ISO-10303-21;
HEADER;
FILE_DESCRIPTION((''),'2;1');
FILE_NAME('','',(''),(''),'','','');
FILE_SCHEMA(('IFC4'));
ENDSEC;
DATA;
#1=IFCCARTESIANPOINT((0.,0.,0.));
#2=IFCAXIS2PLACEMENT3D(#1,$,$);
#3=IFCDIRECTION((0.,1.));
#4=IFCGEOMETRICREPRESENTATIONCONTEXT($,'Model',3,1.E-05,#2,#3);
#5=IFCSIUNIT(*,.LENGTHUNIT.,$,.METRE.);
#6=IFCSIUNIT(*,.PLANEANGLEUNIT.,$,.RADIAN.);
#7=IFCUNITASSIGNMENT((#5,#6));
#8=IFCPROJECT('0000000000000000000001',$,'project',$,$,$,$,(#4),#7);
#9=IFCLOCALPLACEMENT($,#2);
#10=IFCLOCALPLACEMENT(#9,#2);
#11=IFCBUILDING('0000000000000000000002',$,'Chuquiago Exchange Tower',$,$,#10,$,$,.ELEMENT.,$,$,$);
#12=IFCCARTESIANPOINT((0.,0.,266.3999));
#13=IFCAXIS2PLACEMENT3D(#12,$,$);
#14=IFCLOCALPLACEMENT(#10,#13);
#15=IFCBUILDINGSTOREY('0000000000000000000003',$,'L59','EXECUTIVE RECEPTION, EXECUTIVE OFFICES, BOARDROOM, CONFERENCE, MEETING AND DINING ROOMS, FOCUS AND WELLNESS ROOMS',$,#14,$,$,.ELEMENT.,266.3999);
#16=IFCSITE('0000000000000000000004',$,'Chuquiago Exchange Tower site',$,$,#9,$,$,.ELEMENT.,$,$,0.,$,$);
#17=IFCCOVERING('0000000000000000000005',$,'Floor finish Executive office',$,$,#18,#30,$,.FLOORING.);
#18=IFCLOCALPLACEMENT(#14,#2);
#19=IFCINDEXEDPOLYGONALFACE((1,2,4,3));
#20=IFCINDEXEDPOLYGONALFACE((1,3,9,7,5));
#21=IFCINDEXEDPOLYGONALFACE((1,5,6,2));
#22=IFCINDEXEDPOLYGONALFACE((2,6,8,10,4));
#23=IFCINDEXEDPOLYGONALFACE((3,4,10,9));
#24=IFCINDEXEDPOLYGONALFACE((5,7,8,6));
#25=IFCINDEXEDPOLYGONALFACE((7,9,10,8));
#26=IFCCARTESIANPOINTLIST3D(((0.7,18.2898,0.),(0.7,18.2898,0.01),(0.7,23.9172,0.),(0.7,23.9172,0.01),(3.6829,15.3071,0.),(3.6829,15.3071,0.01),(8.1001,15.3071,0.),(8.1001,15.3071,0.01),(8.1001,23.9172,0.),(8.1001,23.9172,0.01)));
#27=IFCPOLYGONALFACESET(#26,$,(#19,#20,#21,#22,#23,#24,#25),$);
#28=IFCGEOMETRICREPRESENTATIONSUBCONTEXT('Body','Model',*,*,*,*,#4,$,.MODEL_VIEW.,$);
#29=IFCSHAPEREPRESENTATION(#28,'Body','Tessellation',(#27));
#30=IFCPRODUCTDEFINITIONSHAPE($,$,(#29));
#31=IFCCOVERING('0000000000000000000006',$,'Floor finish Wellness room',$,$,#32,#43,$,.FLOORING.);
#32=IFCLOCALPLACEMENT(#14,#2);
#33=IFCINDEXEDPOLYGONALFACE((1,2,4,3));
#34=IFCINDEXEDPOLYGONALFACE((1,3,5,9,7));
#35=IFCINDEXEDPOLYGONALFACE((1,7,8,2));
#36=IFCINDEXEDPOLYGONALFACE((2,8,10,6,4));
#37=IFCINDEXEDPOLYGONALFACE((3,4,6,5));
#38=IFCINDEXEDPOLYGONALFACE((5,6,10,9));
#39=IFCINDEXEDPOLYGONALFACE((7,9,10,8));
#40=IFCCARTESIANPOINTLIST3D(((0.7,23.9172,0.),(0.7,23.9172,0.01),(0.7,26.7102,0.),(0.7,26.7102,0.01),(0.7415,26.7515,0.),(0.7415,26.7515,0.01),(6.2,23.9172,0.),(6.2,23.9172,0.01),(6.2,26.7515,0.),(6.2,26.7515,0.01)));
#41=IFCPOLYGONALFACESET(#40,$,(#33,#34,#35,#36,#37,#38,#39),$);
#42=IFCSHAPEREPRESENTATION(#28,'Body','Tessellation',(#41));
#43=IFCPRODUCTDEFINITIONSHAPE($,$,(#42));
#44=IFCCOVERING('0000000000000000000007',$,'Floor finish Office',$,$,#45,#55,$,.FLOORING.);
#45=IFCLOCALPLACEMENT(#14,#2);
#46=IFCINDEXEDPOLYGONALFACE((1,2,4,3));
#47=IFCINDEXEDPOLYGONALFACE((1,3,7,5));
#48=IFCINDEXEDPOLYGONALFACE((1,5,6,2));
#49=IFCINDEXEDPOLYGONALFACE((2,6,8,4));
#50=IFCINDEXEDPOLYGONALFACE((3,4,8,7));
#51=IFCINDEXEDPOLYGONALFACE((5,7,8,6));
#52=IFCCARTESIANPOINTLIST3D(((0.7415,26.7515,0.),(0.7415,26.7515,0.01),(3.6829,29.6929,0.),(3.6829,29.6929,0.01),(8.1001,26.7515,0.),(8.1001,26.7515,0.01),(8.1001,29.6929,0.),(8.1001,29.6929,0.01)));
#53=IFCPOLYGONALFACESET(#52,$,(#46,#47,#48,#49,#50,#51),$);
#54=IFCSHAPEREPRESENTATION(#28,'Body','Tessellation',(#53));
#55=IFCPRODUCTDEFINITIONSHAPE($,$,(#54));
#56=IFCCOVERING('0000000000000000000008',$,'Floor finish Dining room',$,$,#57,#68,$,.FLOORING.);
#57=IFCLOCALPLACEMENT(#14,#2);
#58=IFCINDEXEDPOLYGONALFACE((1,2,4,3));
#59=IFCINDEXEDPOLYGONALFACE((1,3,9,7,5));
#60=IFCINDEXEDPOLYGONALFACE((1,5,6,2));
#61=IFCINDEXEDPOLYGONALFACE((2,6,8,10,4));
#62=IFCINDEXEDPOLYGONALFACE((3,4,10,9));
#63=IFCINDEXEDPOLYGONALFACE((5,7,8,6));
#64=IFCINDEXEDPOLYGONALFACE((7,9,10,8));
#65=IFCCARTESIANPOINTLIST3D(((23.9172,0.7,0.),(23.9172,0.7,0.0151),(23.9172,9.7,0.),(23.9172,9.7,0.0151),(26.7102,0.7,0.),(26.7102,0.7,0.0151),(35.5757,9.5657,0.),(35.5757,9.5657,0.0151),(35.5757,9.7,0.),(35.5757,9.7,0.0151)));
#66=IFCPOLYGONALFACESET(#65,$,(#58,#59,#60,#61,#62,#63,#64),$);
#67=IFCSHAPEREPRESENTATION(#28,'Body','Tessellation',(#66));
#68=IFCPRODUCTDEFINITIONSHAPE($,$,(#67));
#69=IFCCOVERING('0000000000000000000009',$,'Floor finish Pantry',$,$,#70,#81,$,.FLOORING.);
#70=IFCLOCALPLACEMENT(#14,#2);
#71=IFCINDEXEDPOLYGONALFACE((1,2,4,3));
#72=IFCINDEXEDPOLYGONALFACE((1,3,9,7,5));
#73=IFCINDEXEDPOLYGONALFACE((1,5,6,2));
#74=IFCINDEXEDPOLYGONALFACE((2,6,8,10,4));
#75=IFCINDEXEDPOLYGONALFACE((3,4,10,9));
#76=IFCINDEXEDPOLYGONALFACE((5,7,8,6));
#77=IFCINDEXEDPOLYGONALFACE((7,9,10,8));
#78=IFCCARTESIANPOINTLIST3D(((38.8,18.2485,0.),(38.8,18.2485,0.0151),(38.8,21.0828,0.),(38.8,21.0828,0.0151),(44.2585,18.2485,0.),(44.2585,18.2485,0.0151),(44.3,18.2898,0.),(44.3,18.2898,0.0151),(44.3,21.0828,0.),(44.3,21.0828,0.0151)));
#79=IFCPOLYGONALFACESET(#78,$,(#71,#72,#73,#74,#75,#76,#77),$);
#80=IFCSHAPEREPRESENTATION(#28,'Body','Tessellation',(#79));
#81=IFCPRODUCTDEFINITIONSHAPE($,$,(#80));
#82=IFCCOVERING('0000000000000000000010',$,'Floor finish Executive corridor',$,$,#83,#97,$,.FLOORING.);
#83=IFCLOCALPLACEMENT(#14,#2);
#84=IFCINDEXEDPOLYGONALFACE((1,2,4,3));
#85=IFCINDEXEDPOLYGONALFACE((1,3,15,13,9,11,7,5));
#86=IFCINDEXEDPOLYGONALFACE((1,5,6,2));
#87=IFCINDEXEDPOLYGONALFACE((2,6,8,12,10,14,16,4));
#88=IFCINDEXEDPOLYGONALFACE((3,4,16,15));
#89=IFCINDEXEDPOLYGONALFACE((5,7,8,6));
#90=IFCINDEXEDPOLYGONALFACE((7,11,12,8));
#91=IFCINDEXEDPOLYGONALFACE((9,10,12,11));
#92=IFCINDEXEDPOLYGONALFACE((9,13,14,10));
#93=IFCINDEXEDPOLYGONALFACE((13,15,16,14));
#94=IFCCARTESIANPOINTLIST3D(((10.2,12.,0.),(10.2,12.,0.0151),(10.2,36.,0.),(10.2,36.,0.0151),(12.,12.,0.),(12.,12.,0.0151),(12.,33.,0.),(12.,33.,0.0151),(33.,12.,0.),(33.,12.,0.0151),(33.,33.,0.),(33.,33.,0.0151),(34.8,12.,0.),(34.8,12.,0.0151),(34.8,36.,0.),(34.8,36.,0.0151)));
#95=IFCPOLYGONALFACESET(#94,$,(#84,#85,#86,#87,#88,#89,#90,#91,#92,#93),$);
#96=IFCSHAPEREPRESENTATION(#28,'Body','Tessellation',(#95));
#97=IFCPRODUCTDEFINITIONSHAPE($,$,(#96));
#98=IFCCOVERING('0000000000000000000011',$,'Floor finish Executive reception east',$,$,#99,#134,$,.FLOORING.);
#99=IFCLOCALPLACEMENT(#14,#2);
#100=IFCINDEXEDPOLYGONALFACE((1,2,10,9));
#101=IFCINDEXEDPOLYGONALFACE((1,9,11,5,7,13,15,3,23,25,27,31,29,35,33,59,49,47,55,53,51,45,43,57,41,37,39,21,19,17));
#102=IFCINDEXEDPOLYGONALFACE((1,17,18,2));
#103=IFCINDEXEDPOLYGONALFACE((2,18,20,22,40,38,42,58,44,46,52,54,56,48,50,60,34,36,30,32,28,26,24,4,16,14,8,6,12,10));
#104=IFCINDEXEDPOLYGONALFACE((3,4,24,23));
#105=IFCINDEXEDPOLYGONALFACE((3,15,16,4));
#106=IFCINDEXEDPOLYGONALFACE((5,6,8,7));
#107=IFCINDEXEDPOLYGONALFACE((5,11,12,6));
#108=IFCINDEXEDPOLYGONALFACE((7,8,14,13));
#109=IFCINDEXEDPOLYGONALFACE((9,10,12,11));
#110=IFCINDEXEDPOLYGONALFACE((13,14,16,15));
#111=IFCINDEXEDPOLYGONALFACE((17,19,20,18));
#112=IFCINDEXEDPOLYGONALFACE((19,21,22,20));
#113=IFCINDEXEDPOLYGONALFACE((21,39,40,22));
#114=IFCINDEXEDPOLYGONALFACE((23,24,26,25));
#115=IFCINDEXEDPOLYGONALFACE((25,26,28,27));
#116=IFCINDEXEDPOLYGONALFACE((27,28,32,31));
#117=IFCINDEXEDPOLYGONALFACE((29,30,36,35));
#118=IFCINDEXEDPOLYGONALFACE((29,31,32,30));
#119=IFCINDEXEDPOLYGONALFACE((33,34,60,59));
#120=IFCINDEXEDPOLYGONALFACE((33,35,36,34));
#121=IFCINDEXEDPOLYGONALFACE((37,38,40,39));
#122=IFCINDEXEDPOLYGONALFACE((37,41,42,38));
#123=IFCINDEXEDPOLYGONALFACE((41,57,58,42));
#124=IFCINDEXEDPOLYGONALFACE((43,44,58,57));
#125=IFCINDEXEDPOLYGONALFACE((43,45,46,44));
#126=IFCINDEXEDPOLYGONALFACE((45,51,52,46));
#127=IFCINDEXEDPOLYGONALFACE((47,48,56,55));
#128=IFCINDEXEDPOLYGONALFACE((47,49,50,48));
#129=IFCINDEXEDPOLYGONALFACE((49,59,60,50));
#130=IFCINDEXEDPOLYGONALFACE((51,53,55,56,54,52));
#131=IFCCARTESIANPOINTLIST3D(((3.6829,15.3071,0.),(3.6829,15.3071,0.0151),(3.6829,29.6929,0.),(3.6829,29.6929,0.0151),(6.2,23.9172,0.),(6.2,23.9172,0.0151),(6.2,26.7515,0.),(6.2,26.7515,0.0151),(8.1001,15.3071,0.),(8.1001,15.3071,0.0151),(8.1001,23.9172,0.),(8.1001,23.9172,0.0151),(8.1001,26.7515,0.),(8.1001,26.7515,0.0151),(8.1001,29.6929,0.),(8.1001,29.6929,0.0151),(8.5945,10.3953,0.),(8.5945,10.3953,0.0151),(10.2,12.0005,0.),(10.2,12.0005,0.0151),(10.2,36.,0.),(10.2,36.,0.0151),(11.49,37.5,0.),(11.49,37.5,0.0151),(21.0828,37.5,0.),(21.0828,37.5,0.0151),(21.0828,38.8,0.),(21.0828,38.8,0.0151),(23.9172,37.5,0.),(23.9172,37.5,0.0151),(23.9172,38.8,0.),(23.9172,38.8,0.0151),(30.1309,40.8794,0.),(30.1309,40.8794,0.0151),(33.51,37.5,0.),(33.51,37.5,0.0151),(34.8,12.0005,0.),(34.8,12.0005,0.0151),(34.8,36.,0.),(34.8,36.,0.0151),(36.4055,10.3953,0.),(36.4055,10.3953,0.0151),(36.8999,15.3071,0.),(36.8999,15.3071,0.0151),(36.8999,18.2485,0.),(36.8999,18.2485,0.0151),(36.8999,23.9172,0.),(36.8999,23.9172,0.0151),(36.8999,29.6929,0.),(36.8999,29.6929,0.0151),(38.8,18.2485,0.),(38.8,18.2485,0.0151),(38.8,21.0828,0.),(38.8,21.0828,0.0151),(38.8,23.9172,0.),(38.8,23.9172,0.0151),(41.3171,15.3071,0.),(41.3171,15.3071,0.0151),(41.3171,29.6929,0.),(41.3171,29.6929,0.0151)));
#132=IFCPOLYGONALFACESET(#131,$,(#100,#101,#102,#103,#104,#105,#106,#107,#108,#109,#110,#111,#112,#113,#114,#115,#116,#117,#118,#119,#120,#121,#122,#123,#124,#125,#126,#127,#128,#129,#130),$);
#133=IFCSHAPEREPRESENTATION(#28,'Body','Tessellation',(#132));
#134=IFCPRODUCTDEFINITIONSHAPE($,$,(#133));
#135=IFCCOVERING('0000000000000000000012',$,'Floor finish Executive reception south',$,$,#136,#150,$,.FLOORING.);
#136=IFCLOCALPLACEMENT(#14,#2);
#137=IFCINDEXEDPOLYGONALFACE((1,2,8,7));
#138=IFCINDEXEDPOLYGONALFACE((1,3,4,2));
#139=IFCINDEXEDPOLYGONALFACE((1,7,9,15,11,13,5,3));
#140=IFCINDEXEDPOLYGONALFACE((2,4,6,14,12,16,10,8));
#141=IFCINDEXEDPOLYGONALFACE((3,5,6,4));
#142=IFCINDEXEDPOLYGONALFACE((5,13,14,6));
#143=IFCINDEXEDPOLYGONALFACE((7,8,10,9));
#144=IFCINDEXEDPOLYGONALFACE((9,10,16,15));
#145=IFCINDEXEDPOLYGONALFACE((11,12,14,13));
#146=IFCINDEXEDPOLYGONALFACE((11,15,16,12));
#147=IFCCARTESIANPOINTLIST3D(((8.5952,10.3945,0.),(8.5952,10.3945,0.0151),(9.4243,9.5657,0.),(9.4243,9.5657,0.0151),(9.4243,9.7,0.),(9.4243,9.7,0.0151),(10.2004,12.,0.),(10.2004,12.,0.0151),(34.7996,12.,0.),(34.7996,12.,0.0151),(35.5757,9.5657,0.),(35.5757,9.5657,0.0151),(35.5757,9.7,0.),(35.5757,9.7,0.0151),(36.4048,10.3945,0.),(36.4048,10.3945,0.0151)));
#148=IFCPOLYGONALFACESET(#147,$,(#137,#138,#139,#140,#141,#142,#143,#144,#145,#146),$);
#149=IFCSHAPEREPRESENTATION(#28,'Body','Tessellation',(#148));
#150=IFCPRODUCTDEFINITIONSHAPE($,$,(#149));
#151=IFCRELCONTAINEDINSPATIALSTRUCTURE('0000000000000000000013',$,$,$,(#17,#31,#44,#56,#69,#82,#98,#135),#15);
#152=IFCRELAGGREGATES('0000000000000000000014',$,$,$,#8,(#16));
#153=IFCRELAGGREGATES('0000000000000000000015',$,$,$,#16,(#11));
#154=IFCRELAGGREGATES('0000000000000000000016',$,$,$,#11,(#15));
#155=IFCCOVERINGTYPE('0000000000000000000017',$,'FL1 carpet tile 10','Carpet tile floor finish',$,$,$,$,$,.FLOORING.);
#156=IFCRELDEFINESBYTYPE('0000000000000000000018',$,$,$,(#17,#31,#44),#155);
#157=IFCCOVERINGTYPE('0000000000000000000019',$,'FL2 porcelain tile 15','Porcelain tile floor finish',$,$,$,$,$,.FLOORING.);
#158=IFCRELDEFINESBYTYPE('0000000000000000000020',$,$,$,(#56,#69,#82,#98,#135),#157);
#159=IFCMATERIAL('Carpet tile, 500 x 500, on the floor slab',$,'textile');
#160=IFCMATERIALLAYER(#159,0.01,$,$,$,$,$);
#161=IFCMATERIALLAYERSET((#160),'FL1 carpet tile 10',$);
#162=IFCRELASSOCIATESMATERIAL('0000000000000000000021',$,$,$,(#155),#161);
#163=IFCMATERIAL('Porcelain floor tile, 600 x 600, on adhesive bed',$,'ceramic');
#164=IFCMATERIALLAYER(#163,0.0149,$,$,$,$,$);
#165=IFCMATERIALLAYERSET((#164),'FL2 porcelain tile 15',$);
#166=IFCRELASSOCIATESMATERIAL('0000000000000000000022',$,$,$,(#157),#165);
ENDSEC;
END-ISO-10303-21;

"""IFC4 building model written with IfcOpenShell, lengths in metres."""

from ifc_helpers import new_model, si_unit, direction, frame, origin, place, context, subcontext, project, spatial, polyline, outline, extrude, material, layer, layer_set, type_object, element, save


model = new_model("IFC4")

# Units and contexts
model_context = context("Model", 3, precision=1e-05, world=origin(), true_north=direction((0.0, 1.0)))
body_context = subcontext(model_context, "Body", "Model", "MODEL_VIEW")
ifc_project = project(units=[si_unit("LENGTHUNIT", "METRE"), si_unit("PLANEANGLEUNIT", "RADIAN")], contexts=[model_context])

# Site, building, storey
site_placement = place(None, origin())
site = spatial("IfcSite", under=ifc_project, at=site_placement, Name="Chuquiago Exchange Tower site", CompositionType="ELEMENT", RefElevation=0.0)
building_placement = place(site_placement, origin())
building = spatial("IfcBuilding", under=site, at=building_placement, Name="Chuquiago Exchange Tower", CompositionType="ELEMENT")
storey_placement = place(building_placement, frame((0.0, 0.0, 266.3999)))
storey = spatial("IfcBuildingStorey", under=building, at=storey_placement, Name="L59", Description="EXECUTIVE RECEPTION, EXECUTIVE OFFICES, BOARDROOM, CONFERENCE, MEETING AND DINING ROOMS, FOCUS AND WELLNESS ROOMS", CompositionType="ELEMENT", Elevation=266.3999)

# Coverings
ifc_material_1 = material(Name="Carpet tile, 500 x 500, on the floor slab", Category="textile")
ifc_layer_1 = layer(ifc_material_1, 0.01)
ifc_layer_set_1 = layer_set([ifc_layer_1], Name="FL1 carpet tile 10")
covering_type_1 = type_object("IfcCoveringType", Name="FL1 carpet tile 10", Description="Carpet tile floor finish", PredefinedType="FLOORING", material=ifc_layer_set_1)
covering_1_placement = place(storey_placement, origin())
element("IfcCovering", 1, at=covering_1_placement, inside=storey, type_object=covering_type_1, Name="Floor finish Executive office", PredefinedType="FLOORING", context=body_context, shape_type="SweptSolid", body=[
    extrude(outline(polyline([(0.7, 23.9172), (8.1001, 23.9172), (8.1001, 15.3071), (3.6829, 15.3071), (0.7, 18.2898), (0.7, 23.9172)])), origin(), (0.0, 0.0, 1.0), 0.01),
])
covering_2_placement = place(storey_placement, origin())
element("IfcCovering", 2, at=covering_2_placement, inside=storey, type_object=covering_type_1, Name="Floor finish Wellness room", PredefinedType="FLOORING", context=body_context, shape_type="SweptSolid", body=[
    extrude(outline(polyline([(0.7, 26.7102), (0.7415, 26.7515), (6.2, 26.7515), (6.2, 23.9172), (0.7, 23.9172), (0.7, 26.7102)])), origin(), (0.0, 0.0, 1.0), 0.01),
])
covering_3_placement = place(storey_placement, origin())
element("IfcCovering", 3, at=covering_3_placement, inside=storey, type_object=covering_type_1, Name="Floor finish Office", PredefinedType="FLOORING", context=body_context, shape_type="SweptSolid", body=[
    extrude(outline(polyline([(3.6829, 29.6929), (8.1001, 29.6929), (8.1001, 26.7515), (0.7415, 26.7515), (3.6829, 29.6929)])), origin(), (0.0, 0.0, 1.0), 0.01),
])
ifc_material_2 = material(Name="Porcelain floor tile, 600 x 600, on adhesive bed", Category="ceramic")
ifc_layer_2 = layer(ifc_material_2, 0.0149)
ifc_layer_set_2 = layer_set([ifc_layer_2], Name="FL2 porcelain tile 15")
covering_type_2 = type_object("IfcCoveringType", Name="FL2 porcelain tile 15", Description="Porcelain tile floor finish", PredefinedType="FLOORING", material=ifc_layer_set_2)
covering_4_placement = place(storey_placement, origin())
element("IfcCovering", 4, at=covering_4_placement, inside=storey, type_object=covering_type_2, Name="Floor finish Dining room", PredefinedType="FLOORING", context=body_context, shape_type="SweptSolid", body=[
    extrude(outline(polyline([(26.7102, 0.7), (23.9172, 0.7), (23.9172, 9.7), (35.5757, 9.7), (35.5757, 9.5657), (26.7102, 0.7)])), origin(), (0.0, 0.0, 1.0), 0.0151),
])
covering_5_placement = place(storey_placement, origin())
element("IfcCovering", 5, at=covering_5_placement, inside=storey, type_object=covering_type_2, Name="Floor finish Pantry", PredefinedType="FLOORING", context=body_context, shape_type="SweptSolid", body=[
    extrude(outline(polyline([(44.3, 18.2898), (44.2585, 18.2485), (38.8, 18.2485), (38.8, 21.0828), (44.3, 21.0828), (44.3, 18.2898)])), origin(), (0.0, 0.0, 1.0), 0.0151),
])
covering_6_placement = place(storey_placement, origin())
element("IfcCovering", 6, at=covering_6_placement, inside=storey, type_object=covering_type_2, Name="Floor finish Executive corridor", PredefinedType="FLOORING", context=body_context, shape_type="SweptSolid", body=[
    extrude(outline(polyline([(12.0, 12.0), (10.2, 12.0), (10.2, 36.0), (34.8, 36.0), (34.8, 12.0), (33.0, 12.0), (33.0, 33.0), (12.0, 33.0), (12.0, 12.0)])), origin(), (0.0, 0.0, 1.0), 0.0151),
])
covering_7_placement = place(storey_placement, origin())
element("IfcCovering", 7, at=covering_7_placement, inside=storey, type_object=covering_type_2, Name="Floor finish Executive reception east", PredefinedType="FLOORING", context=body_context, shape_type="SweptSolid", body=[
    extrude(outline(polyline([(23.9172, 38.8), (23.9172, 37.5), (33.51, 37.5), (30.1309, 40.8794), (41.3171, 29.6929), (36.8999, 29.6929), (36.8999, 23.9172), (38.8, 23.9172), (38.8, 21.0828), (38.8, 18.2485), (36.8999, 18.2485), (36.8999, 15.3071), (41.3171, 15.3071), (36.4055, 10.3953), (34.8, 12.0005), (34.8, 36.0), (10.2, 36.0), (10.2, 12.0005), (8.5945, 10.3953), (3.6829, 15.3071), (8.1001, 15.3071), (8.1001, 23.9172), (6.2, 23.9172), (6.2, 26.7515), (8.1001, 26.7515), (8.1001, 29.6929), (3.6829, 29.6929), (0.8506, 26.8606), (11.49, 37.5), (21.0828, 37.5), (21.0828, 38.8), (23.9172, 38.8)])), origin(), (0.0, 0.0, 1.0), 0.0151),
])
covering_8_placement = place(storey_placement, origin())
element("IfcCovering", 8, at=covering_8_placement, inside=storey, type_object=covering_type_2, Name="Floor finish Executive reception south", PredefinedType="FLOORING", context=body_context, shape_type="SweptSolid", body=[
    extrude(outline(polyline([(35.5757, 9.5657), (35.5757, 9.7), (9.4243, 9.7), (9.4243, 9.5657), (8.5952, 10.3945), (10.2004, 12.0), (34.7996, 12.0), (36.4048, 10.3945), (35.5757, 9.5657)])), origin(), (0.0, 0.0, 1.0), 0.0151),
])

save(model, "model.ifc")
